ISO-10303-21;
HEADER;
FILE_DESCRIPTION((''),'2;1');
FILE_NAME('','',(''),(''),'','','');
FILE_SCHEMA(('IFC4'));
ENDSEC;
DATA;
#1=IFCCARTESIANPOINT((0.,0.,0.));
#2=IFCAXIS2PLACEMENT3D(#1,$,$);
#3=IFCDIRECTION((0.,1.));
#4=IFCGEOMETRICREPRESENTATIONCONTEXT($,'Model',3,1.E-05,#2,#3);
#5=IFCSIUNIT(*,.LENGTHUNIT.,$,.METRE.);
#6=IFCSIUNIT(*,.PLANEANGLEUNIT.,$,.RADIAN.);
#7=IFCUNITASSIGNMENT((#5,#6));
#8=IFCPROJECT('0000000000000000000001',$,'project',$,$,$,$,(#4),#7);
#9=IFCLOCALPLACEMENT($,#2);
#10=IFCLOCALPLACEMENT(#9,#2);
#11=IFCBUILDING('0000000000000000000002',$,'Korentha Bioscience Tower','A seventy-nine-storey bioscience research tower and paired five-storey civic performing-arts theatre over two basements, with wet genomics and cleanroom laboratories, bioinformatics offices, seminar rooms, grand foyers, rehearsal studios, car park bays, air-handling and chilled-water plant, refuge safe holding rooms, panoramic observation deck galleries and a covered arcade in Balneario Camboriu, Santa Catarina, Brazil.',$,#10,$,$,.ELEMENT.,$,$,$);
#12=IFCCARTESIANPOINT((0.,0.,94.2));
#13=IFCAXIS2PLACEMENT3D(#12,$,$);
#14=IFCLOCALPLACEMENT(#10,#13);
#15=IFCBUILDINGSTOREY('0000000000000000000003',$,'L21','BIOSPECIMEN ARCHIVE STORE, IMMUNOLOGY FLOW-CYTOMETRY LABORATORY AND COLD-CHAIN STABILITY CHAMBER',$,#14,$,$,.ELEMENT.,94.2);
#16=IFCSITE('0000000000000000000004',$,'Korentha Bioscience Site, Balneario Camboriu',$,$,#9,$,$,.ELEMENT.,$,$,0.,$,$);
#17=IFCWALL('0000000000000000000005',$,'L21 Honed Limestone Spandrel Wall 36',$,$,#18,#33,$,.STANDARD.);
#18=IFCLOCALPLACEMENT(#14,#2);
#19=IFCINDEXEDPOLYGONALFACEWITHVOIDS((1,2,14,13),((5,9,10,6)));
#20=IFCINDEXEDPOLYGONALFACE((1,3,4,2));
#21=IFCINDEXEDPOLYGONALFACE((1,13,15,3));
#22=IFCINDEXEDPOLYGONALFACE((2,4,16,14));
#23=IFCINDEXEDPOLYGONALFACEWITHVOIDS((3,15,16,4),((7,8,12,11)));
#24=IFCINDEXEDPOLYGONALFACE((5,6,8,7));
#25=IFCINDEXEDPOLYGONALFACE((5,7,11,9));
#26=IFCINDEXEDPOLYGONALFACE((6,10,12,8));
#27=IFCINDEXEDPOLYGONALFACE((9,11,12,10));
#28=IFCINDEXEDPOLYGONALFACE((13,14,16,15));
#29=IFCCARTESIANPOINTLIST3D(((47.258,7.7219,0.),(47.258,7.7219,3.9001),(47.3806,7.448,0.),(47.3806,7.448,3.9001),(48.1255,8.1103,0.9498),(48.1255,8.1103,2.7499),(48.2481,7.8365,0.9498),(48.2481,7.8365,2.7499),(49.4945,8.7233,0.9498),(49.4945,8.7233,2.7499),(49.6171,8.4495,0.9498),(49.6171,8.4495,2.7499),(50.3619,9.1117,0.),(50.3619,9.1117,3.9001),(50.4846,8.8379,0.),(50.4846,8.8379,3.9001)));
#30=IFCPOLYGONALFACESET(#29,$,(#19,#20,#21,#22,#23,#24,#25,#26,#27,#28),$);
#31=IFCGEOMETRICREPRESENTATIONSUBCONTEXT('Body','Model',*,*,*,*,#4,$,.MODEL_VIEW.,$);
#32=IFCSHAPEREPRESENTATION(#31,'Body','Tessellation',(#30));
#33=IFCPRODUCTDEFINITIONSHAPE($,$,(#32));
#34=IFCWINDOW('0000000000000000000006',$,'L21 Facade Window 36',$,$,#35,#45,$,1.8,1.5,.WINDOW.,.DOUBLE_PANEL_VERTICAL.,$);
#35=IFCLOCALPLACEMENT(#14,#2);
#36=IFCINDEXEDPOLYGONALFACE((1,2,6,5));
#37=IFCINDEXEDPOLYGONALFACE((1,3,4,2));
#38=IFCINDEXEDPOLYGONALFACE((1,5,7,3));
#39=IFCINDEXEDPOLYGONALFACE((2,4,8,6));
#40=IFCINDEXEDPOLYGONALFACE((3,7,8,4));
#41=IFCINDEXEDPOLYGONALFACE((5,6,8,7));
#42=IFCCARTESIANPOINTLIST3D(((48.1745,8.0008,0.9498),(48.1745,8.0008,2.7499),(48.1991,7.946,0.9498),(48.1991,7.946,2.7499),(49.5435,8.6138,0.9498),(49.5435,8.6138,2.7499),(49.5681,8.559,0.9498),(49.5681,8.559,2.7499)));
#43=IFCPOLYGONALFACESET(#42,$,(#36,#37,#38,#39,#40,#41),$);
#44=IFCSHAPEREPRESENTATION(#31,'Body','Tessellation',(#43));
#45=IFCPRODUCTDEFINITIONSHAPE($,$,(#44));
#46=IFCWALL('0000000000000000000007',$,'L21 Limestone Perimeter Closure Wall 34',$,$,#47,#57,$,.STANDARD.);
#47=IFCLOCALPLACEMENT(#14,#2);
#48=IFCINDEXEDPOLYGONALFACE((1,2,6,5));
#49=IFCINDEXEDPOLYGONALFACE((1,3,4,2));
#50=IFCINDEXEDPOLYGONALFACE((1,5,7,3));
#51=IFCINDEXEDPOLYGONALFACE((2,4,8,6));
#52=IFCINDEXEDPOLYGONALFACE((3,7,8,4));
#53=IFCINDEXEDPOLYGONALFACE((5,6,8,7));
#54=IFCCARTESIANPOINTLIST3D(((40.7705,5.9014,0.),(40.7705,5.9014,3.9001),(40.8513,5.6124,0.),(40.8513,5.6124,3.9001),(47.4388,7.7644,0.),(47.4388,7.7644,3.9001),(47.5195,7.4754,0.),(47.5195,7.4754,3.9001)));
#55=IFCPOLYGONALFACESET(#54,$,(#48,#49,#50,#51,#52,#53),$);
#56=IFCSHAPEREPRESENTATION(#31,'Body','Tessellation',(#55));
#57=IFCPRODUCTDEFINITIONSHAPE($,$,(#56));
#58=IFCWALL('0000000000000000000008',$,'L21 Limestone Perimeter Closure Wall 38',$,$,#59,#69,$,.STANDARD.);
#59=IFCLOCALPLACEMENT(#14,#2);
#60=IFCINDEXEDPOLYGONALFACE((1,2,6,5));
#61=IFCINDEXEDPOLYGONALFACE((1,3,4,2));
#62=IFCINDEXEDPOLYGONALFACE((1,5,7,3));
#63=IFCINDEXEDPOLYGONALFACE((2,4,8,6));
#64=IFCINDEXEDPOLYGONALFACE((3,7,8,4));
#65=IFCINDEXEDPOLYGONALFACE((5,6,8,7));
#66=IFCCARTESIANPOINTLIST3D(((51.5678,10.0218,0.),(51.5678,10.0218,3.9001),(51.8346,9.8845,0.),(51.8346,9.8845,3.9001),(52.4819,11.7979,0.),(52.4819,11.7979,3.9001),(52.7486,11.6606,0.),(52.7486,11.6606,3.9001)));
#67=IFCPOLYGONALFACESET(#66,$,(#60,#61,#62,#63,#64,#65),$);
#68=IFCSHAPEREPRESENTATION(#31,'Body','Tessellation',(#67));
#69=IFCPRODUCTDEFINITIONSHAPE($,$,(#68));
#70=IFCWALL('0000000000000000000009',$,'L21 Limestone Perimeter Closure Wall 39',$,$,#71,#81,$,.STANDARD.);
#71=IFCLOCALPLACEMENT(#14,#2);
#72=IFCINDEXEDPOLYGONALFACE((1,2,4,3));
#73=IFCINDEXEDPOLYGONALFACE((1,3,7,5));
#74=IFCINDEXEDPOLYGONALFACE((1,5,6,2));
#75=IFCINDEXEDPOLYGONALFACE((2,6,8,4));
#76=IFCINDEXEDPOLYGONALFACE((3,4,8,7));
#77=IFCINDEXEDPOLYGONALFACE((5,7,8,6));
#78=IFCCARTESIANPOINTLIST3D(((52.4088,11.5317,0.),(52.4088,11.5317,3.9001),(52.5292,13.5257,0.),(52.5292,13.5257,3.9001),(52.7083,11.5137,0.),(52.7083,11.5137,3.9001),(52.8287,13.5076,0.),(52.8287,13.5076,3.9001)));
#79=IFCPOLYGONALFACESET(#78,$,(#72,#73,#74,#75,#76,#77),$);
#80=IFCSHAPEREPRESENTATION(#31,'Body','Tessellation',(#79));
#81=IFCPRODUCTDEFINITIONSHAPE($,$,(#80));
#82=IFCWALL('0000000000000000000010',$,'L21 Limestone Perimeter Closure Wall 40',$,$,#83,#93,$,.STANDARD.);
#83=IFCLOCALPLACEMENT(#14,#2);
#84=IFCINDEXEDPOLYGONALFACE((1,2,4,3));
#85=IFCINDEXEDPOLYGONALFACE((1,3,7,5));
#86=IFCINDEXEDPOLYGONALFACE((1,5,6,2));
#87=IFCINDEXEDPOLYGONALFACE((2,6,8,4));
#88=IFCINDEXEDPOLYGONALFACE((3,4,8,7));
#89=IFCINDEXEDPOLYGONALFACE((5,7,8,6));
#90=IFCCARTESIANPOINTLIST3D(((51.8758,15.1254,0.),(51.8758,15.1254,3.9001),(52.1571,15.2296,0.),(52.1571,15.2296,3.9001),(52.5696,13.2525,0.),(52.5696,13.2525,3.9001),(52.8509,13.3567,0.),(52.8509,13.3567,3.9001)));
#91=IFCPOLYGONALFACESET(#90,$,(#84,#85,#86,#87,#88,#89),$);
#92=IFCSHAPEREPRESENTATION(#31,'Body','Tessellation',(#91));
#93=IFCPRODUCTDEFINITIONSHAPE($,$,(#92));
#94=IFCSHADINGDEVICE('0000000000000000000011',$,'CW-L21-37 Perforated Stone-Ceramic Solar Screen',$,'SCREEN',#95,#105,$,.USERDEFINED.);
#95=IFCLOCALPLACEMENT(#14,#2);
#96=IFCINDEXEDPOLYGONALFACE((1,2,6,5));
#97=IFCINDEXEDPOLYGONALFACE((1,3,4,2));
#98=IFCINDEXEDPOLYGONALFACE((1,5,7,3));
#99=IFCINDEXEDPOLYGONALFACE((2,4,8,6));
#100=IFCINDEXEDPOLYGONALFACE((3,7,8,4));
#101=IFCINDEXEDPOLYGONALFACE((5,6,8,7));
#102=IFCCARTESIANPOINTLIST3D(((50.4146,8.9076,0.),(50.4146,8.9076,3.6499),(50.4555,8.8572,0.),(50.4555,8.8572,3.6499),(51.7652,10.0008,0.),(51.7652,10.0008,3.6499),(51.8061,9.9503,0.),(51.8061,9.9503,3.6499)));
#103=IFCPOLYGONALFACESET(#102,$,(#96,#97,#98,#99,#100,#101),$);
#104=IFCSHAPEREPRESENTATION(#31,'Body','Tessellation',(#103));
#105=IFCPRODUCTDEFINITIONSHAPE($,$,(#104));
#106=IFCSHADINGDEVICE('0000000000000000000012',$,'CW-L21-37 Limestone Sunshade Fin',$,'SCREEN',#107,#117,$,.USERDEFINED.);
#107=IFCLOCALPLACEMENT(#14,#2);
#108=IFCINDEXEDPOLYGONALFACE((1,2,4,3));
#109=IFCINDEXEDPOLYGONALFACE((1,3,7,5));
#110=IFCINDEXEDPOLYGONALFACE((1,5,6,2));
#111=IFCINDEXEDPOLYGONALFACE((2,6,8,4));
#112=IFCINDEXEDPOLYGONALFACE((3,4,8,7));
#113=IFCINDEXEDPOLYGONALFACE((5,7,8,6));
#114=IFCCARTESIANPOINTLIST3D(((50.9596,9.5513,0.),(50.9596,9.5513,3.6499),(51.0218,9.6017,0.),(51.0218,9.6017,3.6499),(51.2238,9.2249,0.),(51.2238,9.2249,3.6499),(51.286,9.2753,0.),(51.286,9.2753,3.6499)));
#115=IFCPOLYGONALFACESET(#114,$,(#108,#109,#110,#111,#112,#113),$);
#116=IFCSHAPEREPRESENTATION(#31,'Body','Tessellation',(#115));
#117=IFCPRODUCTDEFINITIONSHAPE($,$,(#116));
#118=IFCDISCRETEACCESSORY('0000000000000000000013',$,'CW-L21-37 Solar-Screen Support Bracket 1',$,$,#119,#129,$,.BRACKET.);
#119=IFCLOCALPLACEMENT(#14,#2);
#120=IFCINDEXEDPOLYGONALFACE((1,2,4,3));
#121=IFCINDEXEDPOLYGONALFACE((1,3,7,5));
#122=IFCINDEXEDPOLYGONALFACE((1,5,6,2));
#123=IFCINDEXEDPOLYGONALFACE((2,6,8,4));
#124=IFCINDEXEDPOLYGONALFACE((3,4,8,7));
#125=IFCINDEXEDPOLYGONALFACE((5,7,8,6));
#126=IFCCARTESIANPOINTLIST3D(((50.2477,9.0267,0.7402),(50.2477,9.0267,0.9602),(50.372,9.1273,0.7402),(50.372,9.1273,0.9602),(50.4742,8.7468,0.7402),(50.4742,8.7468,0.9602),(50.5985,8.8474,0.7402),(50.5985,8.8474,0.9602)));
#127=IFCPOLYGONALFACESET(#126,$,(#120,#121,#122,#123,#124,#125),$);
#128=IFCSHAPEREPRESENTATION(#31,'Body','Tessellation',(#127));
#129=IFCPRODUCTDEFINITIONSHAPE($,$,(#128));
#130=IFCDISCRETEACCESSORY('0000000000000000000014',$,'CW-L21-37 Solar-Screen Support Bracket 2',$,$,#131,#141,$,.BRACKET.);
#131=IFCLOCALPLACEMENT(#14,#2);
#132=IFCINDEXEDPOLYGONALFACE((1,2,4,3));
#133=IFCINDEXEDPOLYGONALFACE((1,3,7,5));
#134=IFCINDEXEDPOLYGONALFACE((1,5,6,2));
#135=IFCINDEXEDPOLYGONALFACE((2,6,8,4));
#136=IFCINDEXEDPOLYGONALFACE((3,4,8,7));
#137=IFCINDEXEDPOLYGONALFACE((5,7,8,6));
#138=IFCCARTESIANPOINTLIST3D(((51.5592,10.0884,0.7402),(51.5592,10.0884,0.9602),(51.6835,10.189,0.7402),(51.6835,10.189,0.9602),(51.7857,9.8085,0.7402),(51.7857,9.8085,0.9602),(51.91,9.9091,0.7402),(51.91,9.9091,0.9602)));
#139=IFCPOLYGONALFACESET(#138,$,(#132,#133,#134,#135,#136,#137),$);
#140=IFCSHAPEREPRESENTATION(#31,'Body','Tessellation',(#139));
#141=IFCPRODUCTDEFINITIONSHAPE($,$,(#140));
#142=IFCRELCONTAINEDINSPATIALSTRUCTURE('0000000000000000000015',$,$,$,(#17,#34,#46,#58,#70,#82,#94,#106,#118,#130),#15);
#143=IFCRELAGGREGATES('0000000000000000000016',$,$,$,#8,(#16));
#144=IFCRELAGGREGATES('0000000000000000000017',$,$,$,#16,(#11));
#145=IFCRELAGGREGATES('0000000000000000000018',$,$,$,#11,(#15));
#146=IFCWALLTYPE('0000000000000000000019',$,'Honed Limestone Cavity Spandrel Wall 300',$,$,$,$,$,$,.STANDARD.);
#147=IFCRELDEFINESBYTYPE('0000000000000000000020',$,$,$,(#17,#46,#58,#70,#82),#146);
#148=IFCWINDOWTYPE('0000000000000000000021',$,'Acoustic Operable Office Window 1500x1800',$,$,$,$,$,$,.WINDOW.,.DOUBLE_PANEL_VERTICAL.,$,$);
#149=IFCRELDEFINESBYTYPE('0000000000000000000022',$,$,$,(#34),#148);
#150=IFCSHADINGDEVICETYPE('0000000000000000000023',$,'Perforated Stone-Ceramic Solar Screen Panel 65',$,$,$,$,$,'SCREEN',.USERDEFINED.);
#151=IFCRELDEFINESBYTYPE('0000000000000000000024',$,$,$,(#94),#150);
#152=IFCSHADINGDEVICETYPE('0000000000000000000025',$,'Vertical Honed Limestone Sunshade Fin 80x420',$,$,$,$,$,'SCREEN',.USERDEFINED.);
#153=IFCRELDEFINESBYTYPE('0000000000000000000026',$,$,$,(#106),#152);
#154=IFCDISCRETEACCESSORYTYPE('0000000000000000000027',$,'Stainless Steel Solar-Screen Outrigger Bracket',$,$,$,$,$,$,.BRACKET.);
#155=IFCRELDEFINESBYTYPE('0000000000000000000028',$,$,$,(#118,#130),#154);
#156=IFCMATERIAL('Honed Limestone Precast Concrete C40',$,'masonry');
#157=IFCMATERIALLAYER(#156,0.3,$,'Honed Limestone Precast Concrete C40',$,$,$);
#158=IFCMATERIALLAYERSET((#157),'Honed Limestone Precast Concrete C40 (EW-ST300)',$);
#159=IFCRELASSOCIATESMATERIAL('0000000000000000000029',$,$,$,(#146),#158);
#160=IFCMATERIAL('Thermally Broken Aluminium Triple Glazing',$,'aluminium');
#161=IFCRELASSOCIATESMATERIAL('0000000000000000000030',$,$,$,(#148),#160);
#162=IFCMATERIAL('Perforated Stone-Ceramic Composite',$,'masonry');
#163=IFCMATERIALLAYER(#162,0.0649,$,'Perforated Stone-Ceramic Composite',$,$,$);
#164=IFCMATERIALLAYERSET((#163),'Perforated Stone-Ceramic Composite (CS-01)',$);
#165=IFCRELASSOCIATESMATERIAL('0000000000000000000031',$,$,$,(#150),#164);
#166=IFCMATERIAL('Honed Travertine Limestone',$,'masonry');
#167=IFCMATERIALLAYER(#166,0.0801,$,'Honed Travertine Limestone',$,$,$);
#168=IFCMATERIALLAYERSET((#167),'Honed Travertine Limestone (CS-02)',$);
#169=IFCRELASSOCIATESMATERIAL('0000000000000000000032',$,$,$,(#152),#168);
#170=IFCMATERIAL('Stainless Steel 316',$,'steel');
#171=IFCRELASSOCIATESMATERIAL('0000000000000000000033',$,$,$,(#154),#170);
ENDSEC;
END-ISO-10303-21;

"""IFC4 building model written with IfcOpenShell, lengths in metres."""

from ifc_helpers import new_model, si_unit, direction, frame, frame_2d, origin, origin_2d, place, context, subcontext, project, spatial, rectangle, extrude, material, layer, layer_set, type_object, element, fill, save


model = new_model("IFC4")

# Units and contexts
model_context = context("Model", 3, precision=1e-05, world=origin(), true_north=direction((0.0, 1.0)))
body_context = subcontext(model_context, "Body", "Model", "MODEL_VIEW")
ifc_project = project(units=[si_unit("LENGTHUNIT", "METRE"), si_unit("PLANEANGLEUNIT", "RADIAN")], contexts=[model_context])

# Site, building, storey
site_placement = place(None, origin())
site = spatial("IfcSite", under=ifc_project, at=site_placement, Name="Korentha Bioscience Site, Balneario Camboriu", CompositionType="ELEMENT", RefElevation=0.0)
building_placement = place(site_placement, origin())
building = spatial("IfcBuilding", under=site, at=building_placement, Name="Korentha Bioscience Tower", Description="A seventy-nine-storey bioscience research tower and paired five-storey civic performing-arts theatre over two basements, with wet genomics and cleanroom laboratories, bioinformatics offices, seminar rooms, grand foyers, rehearsal studios, car park bays, air-handling and chilled-water plant, refuge safe holding rooms, panoramic observation deck galleries and a covered arcade in Balneario Camboriu, Santa Catarina, Brazil.", CompositionType="ELEMENT")
storey_placement = place(building_placement, frame((0.0, 0.0, 94.2)))
storey = spatial("IfcBuildingStorey", under=building, at=storey_placement, Name="L21", Description="BIOSPECIMEN ARCHIVE STORE, IMMUNOLOGY FLOW-CYTOMETRY LABORATORY AND COLD-CHAIN STABILITY CHAMBER", CompositionType="ELEMENT", Elevation=94.2)

# Wall, opening, window
ifc_material_1 = material(Name="Honed Limestone Precast Concrete C40", Category="masonry")
ifc_layer_1 = layer(ifc_material_1, 0.3, Name="Honed Limestone Precast Concrete C40")
ifc_layer_set_1 = layer_set([ifc_layer_1], Name="Honed Limestone Precast Concrete C40 (EW-ST300)")
wall_type_1 = type_object("IfcWallType", Name="Honed Limestone Cavity Spandrel Wall 300", PredefinedType="STANDARD", material=ifc_layer_set_1)
wall_1_placement = place(storey_placement, frame((47.3193, 7.585, 0.0), z_axis=(0.0, 0.0, 1.0), x_axis=(0.91268, 0.408675, 0.0)))
wall_1 = element("IfcWall", 1, at=wall_1_placement, inside=storey, type_object=wall_type_1, Name="L21 Honed Limestone Spandrel Wall 36", PredefinedType="STANDARD", context=body_context, shape_type="SweptSolid", body=[
    extrude(rectangle(XDim=3.4009, YDim=0.3, at=frame_2d((1.7004, 0.0))), origin(), (0.0, 0.0, 1.0), 3.9001),
])
opening_placement = place(wall_1_placement, frame((0.9504, 0.0, 0.95)))
opening = element("IfcOpeningElement", 2, at=opening_placement, cuts=wall_1, PredefinedType="OPENING", context=body_context, shape_type="SweptSolid", body=[
    extrude(rectangle(XDim=1.5, YDim=1.8, at=frame_2d((0.75, 0.8999))), frame((0.0, 0.165, 0.0), z_axis=(0.0, -1.0, 0.0), x_axis=(1.0, 0.0, 0.0)), (0.0, 0.0, 1.0), 0.3298),
])
ifc_material_2 = material(Name="Thermally Broken Aluminium Triple Glazing", Category="aluminium")
window_type = type_object("IfcWindowType", Name="Acoustic Operable Office Window 1500x1800", PartitioningType="DOUBLE_PANEL_VERTICAL", PredefinedType="WINDOW", material=ifc_material_2)
window_placement = place(opening_placement, origin())
window = element("IfcWindow", 3, at=window_placement, inside=storey, type_object=window_type, Name="L21 Facade Window 36", OverallHeight=1.8, OverallWidth=1.5, PartitioningType="DOUBLE_PANEL_VERTICAL", PredefinedType="WINDOW", context=body_context, shape_type="SweptSolid", body=[
    extrude(rectangle(XDim=1.5, YDim=1.8, at=frame_2d((0.75, 0.8999))), frame((0.0, 0.03, 0.0), z_axis=(0.0, -1.0, 0.0), x_axis=(1.0, 0.0, 0.0)), (0.0, 0.0, 1.0), 0.0601),
])
fill(opening, window)

# Walls
wall_2_placement = place(storey_placement, frame((40.8108, 5.7568, 0.0), z_axis=(0.0, 0.0, 1.0), x_axis=(0.963116, 0.269086, 0.0)))
element("IfcWall", 4, at=wall_2_placement, inside=storey, type_object=wall_type_1, Name="L21 Limestone Perimeter Closure Wall 34", PredefinedType="STANDARD", context=body_context, shape_type="SweptSolid", body=[
    extrude(rectangle(XDim=6.9236, YDim=0.3, at=frame_2d((3.4619, 0.0))), origin(), (0.0, 0.0, 1.0), 3.9001),
])
for number, where, z_axis, x_axis, name in (
    (5, (51.7012, 9.9531, 0.0), (0.0, 0.0, 1.0), (0.457597, 0.88916, 0.0), "L21 Limestone Perimeter Closure Wall 38"),
    (6, (52.5586, 11.5227, 0.0), (0.0, 0.0, 1.0), (0.060255, 0.998183, 0.0), "L21 Limestone Perimeter Closure Wall 39"),
):
    element("IfcWall", number, at=place(storey_placement, frame(where, z_axis=z_axis, x_axis=x_axis)), inside=storey, type_object=wall_type_1, Name=name, PredefinedType="STANDARD", context=body_context, shape_type="SweptSolid", body=[
        extrude(rectangle(XDim=1.9976, YDim=0.3, at=frame_2d((0.9988, 0.0))), origin(), (0.0, 0.0, 1.0), 3.9001),
    ])
wall_3_placement = place(storey_placement, frame((52.7102, 13.3047, 0.0), z_axis=(0.0, 0.0, 1.0), x_axis=(-0.34737, 0.937728, 0.0)))
element("IfcWall", 7, at=wall_3_placement, inside=storey, type_object=wall_type_1, Name="L21 Limestone Perimeter Closure Wall 40", PredefinedType="STANDARD", context=body_context, shape_type="SweptSolid", body=[
    extrude(rectangle(XDim=1.9973, YDim=0.3, at=frame_2d((0.9985, 0.0))), origin(), (0.0, 0.0, 1.0), 3.9001),
])

# Shading devices
ifc_material_3 = material(Name="Perforated Stone-Ceramic Composite", Category="masonry")
ifc_layer_2 = layer(ifc_material_3, 0.0649, Name="Perforated Stone-Ceramic Composite")
ifc_layer_set_2 = layer_set([ifc_layer_2], Name="Perforated Stone-Ceramic Composite (CS-01)")
shading_device_type_1 = type_object("IfcShadingDeviceType", Name="Perforated Stone-Ceramic Solar Screen Panel 65", ElementType="SCREEN", PredefinedType="USERDEFINED", material=ifc_layer_set_2)
shading_device_1_placement = place(storey_placement, frame((51.1104, 9.429, 0.0), z_axis=(0.0, 0.0, 1.0), x_axis=(0.777315, 0.629111, 0.0)))
element("IfcShadingDevice", 8, at=shading_device_1_placement, inside=storey, type_object=shading_device_type_1, Name="CW-L21-37 Perforated Stone-Ceramic Solar Screen", ObjectType="SCREEN", PredefinedType="USERDEFINED", context=body_context, shape_type="SweptSolid", body=[
    extrude(rectangle(XDim=1.7375, YDim=0.0649, at=origin_2d()), origin(), (0.0, 0.0, 1.0), 3.6499),
])
ifc_material_4 = material(Name="Honed Travertine Limestone", Category="masonry")
ifc_layer_3 = layer(ifc_material_4, 0.0801, Name="Honed Travertine Limestone")
ifc_layer_set_3 = layer_set([ifc_layer_3], Name="Honed Travertine Limestone (CS-02)")
shading_device_type_2 = type_object("IfcShadingDeviceType", Name="Vertical Honed Limestone Sunshade Fin 80x420", ElementType="SCREEN", PredefinedType="USERDEFINED", material=ifc_layer_set_3)
shading_device_2_placement = place(storey_placement, frame((51.1228, 9.4133, 0.0), z_axis=(0.0, 0.0, 1.0), x_axis=(0.777315, 0.629111, 0.0)))
element("IfcShadingDevice", 9, at=shading_device_2_placement, inside=storey, type_object=shading_device_type_2, Name="CW-L21-37 Limestone Sunshade Fin", ObjectType="SCREEN", PredefinedType="USERDEFINED", context=body_context, shape_type="SweptSolid", body=[
    extrude(rectangle(XDim=0.0801, YDim=0.4199, at=origin_2d()), origin(), (0.0, 0.0, 1.0), 3.6499),
])

# Discrete accessories
ifc_material_5 = material(Name="Stainless Steel 316", Category="steel")
discrete_accessory_type = type_object("IfcDiscreteAccessoryType", Name="Stainless Steel Solar-Screen Outrigger Bracket", PredefinedType="BRACKET", material=ifc_material_5)
for number, where, z_axis, x_axis, name in (
    (10, (50.4231, 8.937, 0.7402), (0.0, 0.0, 1.0), (0.777315, 0.629111, 0.0), "CW-L21-37 Solar-Screen Support Bracket 1"),
    (11, (51.7346, 9.9988, 0.7402), (0.0, 0.0, 1.0), (0.777315, 0.629111, 0.0), "CW-L21-37 Solar-Screen Support Bracket 2"),
):
    element("IfcDiscreteAccessory", number, at=place(storey_placement, frame(where, z_axis=z_axis, x_axis=x_axis)), inside=storey, type_object=discrete_accessory_type, Name=name, PredefinedType="BRACKET", context=body_context, shape_type="SweptSolid", body=[
        extrude(rectangle(XDim=0.1599, YDim=0.3601, at=origin_2d()), origin(), (0.0, 0.0, 1.0), 0.22),
    ])

save(model, "model.ifc")
